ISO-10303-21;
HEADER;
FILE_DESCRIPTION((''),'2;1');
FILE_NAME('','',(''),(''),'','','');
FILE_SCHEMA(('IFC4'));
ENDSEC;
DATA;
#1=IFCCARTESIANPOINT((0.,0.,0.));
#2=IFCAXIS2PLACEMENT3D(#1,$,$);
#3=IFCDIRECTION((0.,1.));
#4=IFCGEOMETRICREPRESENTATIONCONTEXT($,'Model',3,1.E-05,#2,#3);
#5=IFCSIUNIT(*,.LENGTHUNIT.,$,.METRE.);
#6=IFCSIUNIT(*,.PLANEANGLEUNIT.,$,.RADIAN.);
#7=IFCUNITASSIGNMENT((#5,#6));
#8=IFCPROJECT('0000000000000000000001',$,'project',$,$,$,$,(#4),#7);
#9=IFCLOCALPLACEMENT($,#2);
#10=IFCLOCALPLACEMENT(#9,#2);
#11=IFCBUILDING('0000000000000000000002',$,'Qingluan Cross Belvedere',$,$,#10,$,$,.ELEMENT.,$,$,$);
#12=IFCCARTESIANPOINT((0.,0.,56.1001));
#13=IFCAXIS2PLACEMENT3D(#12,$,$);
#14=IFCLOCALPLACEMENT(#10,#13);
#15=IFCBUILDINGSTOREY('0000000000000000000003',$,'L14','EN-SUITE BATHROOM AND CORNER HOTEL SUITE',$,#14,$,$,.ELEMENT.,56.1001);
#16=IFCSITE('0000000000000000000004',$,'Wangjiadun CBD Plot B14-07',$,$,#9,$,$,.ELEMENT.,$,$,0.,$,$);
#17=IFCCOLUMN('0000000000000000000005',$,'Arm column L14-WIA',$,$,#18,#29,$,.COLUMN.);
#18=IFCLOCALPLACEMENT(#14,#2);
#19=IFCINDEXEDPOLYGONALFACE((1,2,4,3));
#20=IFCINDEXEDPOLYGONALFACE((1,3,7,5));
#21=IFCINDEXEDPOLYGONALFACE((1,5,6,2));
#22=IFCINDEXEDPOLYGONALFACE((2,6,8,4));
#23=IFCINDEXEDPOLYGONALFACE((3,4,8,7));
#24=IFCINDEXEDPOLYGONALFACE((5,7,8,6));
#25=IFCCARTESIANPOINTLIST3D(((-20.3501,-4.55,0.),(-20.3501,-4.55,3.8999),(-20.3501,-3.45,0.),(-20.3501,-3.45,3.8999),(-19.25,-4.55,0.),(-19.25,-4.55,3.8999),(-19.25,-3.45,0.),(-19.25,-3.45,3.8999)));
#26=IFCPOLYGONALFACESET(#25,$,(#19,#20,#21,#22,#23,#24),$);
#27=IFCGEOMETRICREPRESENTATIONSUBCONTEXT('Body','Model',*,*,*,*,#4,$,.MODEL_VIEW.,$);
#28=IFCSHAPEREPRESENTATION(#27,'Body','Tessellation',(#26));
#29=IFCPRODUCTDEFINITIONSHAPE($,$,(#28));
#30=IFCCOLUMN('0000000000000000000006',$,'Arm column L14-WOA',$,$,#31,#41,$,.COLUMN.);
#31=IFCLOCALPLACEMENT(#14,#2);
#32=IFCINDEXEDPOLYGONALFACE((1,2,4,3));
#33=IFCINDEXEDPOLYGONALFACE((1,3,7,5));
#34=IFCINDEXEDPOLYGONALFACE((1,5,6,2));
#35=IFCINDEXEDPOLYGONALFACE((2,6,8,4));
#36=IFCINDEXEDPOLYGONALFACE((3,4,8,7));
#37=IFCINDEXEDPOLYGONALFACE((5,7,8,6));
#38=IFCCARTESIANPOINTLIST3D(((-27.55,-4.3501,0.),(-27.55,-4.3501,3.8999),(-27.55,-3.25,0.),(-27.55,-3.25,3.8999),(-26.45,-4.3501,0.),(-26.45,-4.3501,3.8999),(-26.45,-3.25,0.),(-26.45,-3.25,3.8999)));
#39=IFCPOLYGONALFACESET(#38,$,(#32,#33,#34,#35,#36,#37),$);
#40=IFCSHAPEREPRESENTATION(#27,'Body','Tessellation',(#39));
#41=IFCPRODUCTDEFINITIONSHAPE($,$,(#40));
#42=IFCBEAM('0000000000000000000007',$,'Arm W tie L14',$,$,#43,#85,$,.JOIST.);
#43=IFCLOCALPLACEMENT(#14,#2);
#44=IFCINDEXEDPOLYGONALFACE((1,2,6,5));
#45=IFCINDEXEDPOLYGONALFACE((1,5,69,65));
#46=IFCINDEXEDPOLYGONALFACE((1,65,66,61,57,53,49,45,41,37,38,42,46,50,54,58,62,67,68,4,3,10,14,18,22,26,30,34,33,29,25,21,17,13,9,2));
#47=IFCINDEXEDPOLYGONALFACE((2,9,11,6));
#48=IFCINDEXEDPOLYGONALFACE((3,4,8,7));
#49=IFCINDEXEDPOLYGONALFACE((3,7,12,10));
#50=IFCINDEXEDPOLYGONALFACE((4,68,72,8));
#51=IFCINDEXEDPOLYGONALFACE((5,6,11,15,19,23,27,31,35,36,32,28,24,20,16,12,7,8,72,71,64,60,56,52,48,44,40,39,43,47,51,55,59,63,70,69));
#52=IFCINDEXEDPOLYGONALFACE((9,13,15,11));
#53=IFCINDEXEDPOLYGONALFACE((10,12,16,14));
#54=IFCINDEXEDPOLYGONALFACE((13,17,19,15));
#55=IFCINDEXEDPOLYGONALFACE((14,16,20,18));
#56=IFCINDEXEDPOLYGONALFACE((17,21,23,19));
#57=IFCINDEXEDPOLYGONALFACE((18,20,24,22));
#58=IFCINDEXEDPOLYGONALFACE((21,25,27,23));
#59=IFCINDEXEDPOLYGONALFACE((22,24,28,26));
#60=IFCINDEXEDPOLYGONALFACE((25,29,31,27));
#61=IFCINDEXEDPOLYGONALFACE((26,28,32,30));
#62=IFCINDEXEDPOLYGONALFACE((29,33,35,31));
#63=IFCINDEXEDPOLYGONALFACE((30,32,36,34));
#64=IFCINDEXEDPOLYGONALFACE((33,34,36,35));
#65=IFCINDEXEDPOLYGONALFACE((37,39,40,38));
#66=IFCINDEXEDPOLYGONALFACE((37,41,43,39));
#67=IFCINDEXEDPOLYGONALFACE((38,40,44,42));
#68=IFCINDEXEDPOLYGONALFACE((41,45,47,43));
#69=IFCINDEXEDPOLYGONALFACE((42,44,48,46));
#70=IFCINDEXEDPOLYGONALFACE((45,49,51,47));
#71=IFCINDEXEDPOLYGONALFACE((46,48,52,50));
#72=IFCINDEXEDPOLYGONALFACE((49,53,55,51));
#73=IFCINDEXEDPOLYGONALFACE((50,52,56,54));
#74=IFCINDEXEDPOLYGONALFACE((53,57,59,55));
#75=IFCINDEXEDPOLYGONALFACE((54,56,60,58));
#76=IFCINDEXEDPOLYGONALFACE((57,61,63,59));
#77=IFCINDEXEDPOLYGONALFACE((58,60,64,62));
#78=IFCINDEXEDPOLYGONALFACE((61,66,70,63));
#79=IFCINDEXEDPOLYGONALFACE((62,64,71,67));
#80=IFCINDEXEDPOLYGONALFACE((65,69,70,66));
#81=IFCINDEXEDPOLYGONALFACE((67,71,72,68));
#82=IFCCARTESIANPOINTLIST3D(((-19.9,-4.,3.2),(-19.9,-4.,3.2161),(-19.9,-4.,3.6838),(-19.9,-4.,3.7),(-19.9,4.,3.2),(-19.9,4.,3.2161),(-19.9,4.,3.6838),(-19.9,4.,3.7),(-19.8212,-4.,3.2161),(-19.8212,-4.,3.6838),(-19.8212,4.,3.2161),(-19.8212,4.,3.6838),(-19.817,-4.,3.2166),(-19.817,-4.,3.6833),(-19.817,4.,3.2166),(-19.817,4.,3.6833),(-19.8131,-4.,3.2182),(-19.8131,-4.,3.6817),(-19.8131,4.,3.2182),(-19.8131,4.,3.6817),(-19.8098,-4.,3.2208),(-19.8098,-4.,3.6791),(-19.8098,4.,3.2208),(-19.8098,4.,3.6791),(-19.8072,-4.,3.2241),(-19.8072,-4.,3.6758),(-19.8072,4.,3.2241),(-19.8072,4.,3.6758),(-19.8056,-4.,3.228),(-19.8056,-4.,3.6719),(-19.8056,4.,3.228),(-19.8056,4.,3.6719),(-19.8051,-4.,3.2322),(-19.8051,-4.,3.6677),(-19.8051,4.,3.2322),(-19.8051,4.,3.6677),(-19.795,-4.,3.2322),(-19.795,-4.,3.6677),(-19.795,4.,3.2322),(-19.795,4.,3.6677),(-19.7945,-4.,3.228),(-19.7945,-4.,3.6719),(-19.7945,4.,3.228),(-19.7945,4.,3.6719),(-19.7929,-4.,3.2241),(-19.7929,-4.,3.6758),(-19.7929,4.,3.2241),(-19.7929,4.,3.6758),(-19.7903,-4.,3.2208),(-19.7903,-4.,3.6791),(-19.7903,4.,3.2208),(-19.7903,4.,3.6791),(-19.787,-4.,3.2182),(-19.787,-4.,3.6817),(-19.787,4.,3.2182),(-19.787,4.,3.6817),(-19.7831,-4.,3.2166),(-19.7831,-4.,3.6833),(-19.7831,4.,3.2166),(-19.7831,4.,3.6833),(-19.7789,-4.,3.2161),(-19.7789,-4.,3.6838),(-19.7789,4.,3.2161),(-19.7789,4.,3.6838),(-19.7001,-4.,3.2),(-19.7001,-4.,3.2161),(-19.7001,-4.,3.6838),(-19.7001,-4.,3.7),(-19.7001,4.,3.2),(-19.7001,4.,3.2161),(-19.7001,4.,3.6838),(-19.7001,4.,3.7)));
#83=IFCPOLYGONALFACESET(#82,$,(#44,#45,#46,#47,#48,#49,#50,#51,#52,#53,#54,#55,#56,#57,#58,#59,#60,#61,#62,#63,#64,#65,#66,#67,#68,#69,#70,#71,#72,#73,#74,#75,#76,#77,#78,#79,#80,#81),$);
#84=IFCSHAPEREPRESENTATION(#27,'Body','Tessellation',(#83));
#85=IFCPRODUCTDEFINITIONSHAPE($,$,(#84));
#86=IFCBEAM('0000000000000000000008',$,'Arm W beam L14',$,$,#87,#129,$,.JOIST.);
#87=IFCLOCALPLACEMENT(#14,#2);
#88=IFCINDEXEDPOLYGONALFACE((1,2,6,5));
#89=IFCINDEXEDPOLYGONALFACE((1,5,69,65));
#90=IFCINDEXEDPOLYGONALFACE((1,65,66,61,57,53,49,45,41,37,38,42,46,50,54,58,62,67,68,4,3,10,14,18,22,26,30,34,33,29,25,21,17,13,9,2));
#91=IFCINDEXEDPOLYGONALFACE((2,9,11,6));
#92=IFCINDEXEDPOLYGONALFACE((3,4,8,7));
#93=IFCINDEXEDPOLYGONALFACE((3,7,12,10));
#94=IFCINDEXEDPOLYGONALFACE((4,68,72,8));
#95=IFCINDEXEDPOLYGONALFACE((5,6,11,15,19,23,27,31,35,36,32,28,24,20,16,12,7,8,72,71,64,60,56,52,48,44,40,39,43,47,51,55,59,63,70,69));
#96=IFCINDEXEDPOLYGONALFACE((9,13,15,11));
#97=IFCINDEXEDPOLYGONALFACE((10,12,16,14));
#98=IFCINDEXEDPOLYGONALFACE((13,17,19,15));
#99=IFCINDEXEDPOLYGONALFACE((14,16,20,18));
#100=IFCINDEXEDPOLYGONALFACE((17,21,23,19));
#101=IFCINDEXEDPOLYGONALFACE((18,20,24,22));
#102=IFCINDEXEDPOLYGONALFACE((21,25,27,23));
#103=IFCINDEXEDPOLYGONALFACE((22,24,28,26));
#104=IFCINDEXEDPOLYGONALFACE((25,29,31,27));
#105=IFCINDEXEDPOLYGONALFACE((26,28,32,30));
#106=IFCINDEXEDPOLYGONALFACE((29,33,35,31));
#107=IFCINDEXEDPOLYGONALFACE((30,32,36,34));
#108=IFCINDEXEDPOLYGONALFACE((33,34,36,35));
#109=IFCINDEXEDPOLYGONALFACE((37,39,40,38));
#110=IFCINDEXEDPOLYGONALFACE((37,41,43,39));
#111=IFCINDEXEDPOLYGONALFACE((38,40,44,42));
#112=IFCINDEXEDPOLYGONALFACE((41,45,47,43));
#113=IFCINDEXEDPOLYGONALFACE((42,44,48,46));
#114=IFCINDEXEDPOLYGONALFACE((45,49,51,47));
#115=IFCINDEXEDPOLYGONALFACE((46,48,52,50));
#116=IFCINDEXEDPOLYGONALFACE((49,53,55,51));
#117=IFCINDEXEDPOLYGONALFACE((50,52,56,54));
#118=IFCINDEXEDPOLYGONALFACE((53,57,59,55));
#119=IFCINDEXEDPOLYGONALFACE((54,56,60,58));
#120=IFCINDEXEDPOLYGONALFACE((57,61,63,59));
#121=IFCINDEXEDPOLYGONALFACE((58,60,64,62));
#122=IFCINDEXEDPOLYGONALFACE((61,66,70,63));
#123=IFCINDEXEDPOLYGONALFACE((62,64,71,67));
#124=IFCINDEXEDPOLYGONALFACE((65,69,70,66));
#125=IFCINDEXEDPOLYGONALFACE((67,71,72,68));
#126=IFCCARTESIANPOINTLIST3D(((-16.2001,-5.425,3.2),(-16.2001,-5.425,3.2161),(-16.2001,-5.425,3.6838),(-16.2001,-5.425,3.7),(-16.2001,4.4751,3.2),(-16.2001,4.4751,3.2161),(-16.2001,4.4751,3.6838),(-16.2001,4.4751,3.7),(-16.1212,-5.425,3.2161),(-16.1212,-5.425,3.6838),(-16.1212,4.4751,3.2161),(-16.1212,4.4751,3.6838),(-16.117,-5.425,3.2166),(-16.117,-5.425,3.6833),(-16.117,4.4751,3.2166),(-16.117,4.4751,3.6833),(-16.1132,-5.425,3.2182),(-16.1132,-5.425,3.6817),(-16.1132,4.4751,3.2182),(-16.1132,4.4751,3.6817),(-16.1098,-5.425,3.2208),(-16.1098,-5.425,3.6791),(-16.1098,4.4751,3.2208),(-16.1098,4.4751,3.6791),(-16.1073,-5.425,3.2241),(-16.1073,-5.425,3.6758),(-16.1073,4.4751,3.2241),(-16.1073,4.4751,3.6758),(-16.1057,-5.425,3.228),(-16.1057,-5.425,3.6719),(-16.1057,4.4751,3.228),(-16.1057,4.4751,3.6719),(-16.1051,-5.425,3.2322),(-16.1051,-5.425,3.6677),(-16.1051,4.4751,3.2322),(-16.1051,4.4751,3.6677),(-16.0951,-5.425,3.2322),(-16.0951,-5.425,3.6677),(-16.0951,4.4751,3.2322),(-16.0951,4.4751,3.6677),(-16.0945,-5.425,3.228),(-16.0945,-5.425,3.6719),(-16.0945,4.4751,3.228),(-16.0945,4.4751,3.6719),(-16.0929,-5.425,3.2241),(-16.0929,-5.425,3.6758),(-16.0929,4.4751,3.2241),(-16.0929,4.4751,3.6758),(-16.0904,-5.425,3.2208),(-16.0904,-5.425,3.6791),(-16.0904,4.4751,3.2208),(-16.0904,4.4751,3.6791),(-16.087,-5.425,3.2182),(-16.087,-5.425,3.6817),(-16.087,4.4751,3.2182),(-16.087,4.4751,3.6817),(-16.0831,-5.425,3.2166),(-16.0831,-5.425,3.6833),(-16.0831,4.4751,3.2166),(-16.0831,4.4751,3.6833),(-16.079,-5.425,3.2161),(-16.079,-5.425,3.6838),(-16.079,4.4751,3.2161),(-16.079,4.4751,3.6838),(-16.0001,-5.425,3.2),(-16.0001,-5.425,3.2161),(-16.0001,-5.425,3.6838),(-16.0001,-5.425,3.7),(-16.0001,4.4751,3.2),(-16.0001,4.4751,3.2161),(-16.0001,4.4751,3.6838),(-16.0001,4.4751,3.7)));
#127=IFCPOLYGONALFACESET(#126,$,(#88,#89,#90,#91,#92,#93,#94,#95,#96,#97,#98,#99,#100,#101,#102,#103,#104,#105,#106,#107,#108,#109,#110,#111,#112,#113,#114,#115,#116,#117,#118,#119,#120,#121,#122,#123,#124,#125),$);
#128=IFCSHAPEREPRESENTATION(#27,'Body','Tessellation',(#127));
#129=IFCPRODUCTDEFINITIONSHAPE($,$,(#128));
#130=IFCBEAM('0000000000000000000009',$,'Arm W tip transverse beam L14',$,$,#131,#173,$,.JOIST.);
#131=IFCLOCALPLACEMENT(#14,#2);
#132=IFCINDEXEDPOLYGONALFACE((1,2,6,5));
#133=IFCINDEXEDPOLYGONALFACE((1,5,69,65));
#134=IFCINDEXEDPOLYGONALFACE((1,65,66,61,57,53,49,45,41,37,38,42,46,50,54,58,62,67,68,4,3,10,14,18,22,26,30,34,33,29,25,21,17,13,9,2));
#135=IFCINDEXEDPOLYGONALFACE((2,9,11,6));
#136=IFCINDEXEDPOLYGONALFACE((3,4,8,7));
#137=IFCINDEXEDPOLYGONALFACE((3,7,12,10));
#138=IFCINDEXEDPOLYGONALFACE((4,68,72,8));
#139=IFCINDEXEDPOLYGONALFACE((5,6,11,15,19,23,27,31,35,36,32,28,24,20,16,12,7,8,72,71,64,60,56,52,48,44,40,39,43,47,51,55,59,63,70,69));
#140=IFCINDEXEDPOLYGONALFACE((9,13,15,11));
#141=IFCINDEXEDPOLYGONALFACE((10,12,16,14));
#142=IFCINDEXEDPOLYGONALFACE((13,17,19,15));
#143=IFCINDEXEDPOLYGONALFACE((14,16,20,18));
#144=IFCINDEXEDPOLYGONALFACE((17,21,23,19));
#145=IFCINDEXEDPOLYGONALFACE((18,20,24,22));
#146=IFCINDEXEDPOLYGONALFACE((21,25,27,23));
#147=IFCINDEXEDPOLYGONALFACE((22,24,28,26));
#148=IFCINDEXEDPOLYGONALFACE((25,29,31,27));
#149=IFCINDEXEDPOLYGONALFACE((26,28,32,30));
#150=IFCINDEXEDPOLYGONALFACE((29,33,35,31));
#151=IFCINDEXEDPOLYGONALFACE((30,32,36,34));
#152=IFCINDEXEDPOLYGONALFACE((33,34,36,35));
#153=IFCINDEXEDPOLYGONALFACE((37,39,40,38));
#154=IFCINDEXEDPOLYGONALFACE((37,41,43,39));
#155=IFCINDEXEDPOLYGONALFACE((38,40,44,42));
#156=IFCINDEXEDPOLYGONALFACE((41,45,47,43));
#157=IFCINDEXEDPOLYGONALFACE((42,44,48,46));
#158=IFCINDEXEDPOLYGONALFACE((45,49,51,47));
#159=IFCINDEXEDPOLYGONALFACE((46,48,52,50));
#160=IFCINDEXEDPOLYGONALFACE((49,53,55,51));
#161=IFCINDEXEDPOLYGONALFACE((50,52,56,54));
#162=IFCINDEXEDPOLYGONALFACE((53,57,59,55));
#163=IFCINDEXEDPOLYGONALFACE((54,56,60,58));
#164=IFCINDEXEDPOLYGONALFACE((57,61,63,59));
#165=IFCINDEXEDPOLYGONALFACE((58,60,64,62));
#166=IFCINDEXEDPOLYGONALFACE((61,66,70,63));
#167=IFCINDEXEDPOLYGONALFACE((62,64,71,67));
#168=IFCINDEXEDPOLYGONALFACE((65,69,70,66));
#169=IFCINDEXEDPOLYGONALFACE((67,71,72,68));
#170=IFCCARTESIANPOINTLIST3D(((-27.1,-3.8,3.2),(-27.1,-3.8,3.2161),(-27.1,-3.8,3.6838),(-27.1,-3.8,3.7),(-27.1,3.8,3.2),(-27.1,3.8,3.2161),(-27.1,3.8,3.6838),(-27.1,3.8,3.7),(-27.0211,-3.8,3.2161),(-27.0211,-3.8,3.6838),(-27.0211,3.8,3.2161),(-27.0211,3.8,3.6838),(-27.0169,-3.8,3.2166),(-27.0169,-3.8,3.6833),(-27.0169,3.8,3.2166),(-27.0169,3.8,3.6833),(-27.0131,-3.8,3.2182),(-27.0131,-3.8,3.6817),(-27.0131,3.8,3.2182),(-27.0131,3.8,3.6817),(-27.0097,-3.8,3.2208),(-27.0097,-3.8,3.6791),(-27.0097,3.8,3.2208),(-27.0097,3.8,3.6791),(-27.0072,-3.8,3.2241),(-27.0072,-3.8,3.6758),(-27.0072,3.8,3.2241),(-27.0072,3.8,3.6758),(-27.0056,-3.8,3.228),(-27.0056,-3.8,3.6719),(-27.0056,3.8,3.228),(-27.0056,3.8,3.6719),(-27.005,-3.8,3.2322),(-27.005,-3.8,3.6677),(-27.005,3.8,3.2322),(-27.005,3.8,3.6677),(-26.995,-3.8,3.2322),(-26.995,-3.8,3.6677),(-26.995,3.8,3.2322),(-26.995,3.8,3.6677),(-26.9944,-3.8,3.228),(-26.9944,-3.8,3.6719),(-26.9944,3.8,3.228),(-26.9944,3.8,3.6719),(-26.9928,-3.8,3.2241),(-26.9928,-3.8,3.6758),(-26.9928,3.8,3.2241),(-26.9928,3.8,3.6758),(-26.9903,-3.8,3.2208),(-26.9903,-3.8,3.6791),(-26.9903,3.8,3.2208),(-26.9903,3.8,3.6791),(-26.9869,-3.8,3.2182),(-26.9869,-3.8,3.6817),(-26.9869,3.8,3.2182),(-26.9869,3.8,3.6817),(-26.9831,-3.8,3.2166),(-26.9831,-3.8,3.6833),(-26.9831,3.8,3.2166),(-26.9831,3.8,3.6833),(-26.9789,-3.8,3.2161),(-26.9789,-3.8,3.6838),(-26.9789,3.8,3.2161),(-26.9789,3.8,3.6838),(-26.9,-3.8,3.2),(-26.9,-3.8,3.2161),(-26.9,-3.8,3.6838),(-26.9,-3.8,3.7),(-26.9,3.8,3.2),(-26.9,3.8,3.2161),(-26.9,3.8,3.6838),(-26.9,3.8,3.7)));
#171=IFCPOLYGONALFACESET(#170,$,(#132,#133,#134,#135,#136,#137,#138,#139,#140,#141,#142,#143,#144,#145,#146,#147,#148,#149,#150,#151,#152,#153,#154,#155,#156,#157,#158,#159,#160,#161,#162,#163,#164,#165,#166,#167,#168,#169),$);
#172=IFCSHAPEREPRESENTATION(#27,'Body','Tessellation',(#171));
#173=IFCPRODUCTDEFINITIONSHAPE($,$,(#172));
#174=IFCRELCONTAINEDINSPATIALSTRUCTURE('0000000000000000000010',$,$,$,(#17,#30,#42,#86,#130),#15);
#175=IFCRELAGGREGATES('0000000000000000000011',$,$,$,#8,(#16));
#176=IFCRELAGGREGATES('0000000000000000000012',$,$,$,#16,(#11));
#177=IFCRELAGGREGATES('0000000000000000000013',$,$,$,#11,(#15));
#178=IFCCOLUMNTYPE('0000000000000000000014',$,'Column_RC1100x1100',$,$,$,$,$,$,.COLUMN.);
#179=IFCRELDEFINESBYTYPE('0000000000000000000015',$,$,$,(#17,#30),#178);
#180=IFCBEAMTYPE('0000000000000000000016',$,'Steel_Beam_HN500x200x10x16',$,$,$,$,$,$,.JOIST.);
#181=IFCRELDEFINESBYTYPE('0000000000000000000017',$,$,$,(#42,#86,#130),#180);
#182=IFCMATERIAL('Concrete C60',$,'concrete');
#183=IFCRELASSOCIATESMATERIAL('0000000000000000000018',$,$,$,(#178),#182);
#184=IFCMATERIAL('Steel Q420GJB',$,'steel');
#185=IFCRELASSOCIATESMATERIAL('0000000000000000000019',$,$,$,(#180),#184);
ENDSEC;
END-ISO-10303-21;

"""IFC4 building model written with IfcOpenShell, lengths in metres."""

from ifc_helpers import new_model, si_unit, direction, frame, origin, origin_2d, place, context, subcontext, project, spatial, rectangle, i_section, extrude, material, material_profile, profile_set, type_object, element, save


model = new_model("IFC4")

# Units and contexts
model_context = context("Model", 3, precision=1e-05, world=origin(), true_north=direction((0.0, 1.0)))
body_context = subcontext(model_context, "Body", "Model", "MODEL_VIEW")
ifc_project = project(units=[si_unit("LENGTHUNIT", "METRE"), si_unit("PLANEANGLEUNIT", "RADIAN")], contexts=[model_context])

# Site, building, storey
site_placement = place(None, origin())
site = spatial("IfcSite", under=ifc_project, at=site_placement, Name="Wangjiadun CBD Plot B14-07", CompositionType="ELEMENT", RefElevation=0.0)
building_placement = place(site_placement, origin())
building = spatial("IfcBuilding", under=site, at=building_placement, Name="Qingluan Cross Belvedere", CompositionType="ELEMENT")
storey_placement = place(building_placement, frame((0.0, 0.0, 56.1001)))
storey = spatial("IfcBuildingStorey", under=building, at=storey_placement, Name="L14", Description="EN-SUITE BATHROOM AND CORNER HOTEL SUITE", CompositionType="ELEMENT", Elevation=56.1001)

# Columns
ifc_material_1 = material(Name="Concrete C60", Category="concrete")
ifc_material_profile_1 = material_profile(ifc_material_1, rectangle(XDim=1.1001, YDim=1.1001, at=origin_2d()), Name="RC1100x1100")
ifc_profile_set_1 = profile_set([ifc_material_profile_1], Name="Concrete C60")
column_type = type_object("IfcColumnType", Name="Column_RC1100x1100", PredefinedType="COLUMN", material=ifc_profile_set_1)
for number, where, z_axis, x_axis, name in (
    (1, (-19.8, -4.0, 0.0), (0.0, 0.0, 1.0), (1.0, 0.0, 0.0), "Arm column L14-WIA"),
    (2, (-27.0, -3.8, 0.0), (0.0, 0.0, 1.0), (1.0, 0.0, 0.0), "Arm column L14-WOA"),
):
    element("IfcColumn", number, at=place(storey_placement, frame(where, z_axis=z_axis, x_axis=x_axis)), inside=storey, type_object=column_type, Name=name, PredefinedType="COLUMN", context=body_context, shape_type="SweptSolid", body=[
        extrude(rectangle(XDim=1.1001, YDim=1.1001, at=origin_2d()), origin(), (0.0, 0.0, 1.0), 3.8999),
    ])

# Beams
ifc_material_2 = material(Name="Steel Q420GJB", Category="steel")
ifc_material_profile_2 = material_profile(ifc_material_2, i_section(OverallWidth=0.2, OverallDepth=0.5, WebThickness=0.01, FlangeThickness=0.0161, FilletRadius=0.0161, at=origin_2d()), Name="HN500x200x10x16")
ifc_profile_set_2 = profile_set([ifc_material_profile_2], Name="Steel Q420GJB")
beam_type_1 = type_object("IfcBeamType", Name="Steel_Beam_HN500x200x10x16", PredefinedType="JOIST", material=ifc_profile_set_2)
beam_1_placement = place(storey_placement, frame((-19.8, -4.0, 3.45), z_axis=(0.0, 1.0, 0.0), x_axis=(-1.0, 0.0, 0.0)))
element("IfcBeam", 3, at=beam_1_placement, inside=storey, type_object=beam_type_1, Name="Arm W tie L14", PredefinedType="JOIST", context=body_context, shape_type="SweptSolid", body=[
    extrude(i_section(OverallWidth=0.2, OverallDepth=0.5, WebThickness=0.01, FlangeThickness=0.0161, FilletRadius=0.0161, at=origin_2d()), origin(), (0.0, 0.0, 1.0), 8.0),
])
beam_2_placement = place(storey_placement, frame((-16.1001, -5.425, 3.45), z_axis=(0.0, 1.0, 0.0), x_axis=(-1.0, 0.0, 0.0)))
element("IfcBeam", 4, at=beam_2_placement, inside=storey, type_object=beam_type_1, Name="Arm W beam L14", PredefinedType="JOIST", context=body_context, shape_type="SweptSolid", body=[
    extrude(i_section(OverallWidth=0.2, OverallDepth=0.5, WebThickness=0.01, FlangeThickness=0.0161, FilletRadius=0.0161, at=origin_2d()), origin(), (0.0, 0.0, 1.0), 9.9001),
])
beam_3_placement = place(storey_placement, frame((-27.0, -3.8, 3.45), z_axis=(0.0, 1.0, 0.0), x_axis=(-1.0, 0.0, 0.0)))
element("IfcBeam", 5, at=beam_3_placement, inside=storey, type_object=beam_type_1, Name="Arm W tip transverse beam L14", PredefinedType="JOIST", context=body_context, shape_type="SweptSolid", body=[
    extrude(i_section(OverallWidth=0.2, OverallDepth=0.5, WebThickness=0.01, FlangeThickness=0.0161, FilletRadius=0.0161, at=origin_2d()), origin(), (0.0, 0.0, 1.0), 7.6001),
])

save(model, "model.ifc")
